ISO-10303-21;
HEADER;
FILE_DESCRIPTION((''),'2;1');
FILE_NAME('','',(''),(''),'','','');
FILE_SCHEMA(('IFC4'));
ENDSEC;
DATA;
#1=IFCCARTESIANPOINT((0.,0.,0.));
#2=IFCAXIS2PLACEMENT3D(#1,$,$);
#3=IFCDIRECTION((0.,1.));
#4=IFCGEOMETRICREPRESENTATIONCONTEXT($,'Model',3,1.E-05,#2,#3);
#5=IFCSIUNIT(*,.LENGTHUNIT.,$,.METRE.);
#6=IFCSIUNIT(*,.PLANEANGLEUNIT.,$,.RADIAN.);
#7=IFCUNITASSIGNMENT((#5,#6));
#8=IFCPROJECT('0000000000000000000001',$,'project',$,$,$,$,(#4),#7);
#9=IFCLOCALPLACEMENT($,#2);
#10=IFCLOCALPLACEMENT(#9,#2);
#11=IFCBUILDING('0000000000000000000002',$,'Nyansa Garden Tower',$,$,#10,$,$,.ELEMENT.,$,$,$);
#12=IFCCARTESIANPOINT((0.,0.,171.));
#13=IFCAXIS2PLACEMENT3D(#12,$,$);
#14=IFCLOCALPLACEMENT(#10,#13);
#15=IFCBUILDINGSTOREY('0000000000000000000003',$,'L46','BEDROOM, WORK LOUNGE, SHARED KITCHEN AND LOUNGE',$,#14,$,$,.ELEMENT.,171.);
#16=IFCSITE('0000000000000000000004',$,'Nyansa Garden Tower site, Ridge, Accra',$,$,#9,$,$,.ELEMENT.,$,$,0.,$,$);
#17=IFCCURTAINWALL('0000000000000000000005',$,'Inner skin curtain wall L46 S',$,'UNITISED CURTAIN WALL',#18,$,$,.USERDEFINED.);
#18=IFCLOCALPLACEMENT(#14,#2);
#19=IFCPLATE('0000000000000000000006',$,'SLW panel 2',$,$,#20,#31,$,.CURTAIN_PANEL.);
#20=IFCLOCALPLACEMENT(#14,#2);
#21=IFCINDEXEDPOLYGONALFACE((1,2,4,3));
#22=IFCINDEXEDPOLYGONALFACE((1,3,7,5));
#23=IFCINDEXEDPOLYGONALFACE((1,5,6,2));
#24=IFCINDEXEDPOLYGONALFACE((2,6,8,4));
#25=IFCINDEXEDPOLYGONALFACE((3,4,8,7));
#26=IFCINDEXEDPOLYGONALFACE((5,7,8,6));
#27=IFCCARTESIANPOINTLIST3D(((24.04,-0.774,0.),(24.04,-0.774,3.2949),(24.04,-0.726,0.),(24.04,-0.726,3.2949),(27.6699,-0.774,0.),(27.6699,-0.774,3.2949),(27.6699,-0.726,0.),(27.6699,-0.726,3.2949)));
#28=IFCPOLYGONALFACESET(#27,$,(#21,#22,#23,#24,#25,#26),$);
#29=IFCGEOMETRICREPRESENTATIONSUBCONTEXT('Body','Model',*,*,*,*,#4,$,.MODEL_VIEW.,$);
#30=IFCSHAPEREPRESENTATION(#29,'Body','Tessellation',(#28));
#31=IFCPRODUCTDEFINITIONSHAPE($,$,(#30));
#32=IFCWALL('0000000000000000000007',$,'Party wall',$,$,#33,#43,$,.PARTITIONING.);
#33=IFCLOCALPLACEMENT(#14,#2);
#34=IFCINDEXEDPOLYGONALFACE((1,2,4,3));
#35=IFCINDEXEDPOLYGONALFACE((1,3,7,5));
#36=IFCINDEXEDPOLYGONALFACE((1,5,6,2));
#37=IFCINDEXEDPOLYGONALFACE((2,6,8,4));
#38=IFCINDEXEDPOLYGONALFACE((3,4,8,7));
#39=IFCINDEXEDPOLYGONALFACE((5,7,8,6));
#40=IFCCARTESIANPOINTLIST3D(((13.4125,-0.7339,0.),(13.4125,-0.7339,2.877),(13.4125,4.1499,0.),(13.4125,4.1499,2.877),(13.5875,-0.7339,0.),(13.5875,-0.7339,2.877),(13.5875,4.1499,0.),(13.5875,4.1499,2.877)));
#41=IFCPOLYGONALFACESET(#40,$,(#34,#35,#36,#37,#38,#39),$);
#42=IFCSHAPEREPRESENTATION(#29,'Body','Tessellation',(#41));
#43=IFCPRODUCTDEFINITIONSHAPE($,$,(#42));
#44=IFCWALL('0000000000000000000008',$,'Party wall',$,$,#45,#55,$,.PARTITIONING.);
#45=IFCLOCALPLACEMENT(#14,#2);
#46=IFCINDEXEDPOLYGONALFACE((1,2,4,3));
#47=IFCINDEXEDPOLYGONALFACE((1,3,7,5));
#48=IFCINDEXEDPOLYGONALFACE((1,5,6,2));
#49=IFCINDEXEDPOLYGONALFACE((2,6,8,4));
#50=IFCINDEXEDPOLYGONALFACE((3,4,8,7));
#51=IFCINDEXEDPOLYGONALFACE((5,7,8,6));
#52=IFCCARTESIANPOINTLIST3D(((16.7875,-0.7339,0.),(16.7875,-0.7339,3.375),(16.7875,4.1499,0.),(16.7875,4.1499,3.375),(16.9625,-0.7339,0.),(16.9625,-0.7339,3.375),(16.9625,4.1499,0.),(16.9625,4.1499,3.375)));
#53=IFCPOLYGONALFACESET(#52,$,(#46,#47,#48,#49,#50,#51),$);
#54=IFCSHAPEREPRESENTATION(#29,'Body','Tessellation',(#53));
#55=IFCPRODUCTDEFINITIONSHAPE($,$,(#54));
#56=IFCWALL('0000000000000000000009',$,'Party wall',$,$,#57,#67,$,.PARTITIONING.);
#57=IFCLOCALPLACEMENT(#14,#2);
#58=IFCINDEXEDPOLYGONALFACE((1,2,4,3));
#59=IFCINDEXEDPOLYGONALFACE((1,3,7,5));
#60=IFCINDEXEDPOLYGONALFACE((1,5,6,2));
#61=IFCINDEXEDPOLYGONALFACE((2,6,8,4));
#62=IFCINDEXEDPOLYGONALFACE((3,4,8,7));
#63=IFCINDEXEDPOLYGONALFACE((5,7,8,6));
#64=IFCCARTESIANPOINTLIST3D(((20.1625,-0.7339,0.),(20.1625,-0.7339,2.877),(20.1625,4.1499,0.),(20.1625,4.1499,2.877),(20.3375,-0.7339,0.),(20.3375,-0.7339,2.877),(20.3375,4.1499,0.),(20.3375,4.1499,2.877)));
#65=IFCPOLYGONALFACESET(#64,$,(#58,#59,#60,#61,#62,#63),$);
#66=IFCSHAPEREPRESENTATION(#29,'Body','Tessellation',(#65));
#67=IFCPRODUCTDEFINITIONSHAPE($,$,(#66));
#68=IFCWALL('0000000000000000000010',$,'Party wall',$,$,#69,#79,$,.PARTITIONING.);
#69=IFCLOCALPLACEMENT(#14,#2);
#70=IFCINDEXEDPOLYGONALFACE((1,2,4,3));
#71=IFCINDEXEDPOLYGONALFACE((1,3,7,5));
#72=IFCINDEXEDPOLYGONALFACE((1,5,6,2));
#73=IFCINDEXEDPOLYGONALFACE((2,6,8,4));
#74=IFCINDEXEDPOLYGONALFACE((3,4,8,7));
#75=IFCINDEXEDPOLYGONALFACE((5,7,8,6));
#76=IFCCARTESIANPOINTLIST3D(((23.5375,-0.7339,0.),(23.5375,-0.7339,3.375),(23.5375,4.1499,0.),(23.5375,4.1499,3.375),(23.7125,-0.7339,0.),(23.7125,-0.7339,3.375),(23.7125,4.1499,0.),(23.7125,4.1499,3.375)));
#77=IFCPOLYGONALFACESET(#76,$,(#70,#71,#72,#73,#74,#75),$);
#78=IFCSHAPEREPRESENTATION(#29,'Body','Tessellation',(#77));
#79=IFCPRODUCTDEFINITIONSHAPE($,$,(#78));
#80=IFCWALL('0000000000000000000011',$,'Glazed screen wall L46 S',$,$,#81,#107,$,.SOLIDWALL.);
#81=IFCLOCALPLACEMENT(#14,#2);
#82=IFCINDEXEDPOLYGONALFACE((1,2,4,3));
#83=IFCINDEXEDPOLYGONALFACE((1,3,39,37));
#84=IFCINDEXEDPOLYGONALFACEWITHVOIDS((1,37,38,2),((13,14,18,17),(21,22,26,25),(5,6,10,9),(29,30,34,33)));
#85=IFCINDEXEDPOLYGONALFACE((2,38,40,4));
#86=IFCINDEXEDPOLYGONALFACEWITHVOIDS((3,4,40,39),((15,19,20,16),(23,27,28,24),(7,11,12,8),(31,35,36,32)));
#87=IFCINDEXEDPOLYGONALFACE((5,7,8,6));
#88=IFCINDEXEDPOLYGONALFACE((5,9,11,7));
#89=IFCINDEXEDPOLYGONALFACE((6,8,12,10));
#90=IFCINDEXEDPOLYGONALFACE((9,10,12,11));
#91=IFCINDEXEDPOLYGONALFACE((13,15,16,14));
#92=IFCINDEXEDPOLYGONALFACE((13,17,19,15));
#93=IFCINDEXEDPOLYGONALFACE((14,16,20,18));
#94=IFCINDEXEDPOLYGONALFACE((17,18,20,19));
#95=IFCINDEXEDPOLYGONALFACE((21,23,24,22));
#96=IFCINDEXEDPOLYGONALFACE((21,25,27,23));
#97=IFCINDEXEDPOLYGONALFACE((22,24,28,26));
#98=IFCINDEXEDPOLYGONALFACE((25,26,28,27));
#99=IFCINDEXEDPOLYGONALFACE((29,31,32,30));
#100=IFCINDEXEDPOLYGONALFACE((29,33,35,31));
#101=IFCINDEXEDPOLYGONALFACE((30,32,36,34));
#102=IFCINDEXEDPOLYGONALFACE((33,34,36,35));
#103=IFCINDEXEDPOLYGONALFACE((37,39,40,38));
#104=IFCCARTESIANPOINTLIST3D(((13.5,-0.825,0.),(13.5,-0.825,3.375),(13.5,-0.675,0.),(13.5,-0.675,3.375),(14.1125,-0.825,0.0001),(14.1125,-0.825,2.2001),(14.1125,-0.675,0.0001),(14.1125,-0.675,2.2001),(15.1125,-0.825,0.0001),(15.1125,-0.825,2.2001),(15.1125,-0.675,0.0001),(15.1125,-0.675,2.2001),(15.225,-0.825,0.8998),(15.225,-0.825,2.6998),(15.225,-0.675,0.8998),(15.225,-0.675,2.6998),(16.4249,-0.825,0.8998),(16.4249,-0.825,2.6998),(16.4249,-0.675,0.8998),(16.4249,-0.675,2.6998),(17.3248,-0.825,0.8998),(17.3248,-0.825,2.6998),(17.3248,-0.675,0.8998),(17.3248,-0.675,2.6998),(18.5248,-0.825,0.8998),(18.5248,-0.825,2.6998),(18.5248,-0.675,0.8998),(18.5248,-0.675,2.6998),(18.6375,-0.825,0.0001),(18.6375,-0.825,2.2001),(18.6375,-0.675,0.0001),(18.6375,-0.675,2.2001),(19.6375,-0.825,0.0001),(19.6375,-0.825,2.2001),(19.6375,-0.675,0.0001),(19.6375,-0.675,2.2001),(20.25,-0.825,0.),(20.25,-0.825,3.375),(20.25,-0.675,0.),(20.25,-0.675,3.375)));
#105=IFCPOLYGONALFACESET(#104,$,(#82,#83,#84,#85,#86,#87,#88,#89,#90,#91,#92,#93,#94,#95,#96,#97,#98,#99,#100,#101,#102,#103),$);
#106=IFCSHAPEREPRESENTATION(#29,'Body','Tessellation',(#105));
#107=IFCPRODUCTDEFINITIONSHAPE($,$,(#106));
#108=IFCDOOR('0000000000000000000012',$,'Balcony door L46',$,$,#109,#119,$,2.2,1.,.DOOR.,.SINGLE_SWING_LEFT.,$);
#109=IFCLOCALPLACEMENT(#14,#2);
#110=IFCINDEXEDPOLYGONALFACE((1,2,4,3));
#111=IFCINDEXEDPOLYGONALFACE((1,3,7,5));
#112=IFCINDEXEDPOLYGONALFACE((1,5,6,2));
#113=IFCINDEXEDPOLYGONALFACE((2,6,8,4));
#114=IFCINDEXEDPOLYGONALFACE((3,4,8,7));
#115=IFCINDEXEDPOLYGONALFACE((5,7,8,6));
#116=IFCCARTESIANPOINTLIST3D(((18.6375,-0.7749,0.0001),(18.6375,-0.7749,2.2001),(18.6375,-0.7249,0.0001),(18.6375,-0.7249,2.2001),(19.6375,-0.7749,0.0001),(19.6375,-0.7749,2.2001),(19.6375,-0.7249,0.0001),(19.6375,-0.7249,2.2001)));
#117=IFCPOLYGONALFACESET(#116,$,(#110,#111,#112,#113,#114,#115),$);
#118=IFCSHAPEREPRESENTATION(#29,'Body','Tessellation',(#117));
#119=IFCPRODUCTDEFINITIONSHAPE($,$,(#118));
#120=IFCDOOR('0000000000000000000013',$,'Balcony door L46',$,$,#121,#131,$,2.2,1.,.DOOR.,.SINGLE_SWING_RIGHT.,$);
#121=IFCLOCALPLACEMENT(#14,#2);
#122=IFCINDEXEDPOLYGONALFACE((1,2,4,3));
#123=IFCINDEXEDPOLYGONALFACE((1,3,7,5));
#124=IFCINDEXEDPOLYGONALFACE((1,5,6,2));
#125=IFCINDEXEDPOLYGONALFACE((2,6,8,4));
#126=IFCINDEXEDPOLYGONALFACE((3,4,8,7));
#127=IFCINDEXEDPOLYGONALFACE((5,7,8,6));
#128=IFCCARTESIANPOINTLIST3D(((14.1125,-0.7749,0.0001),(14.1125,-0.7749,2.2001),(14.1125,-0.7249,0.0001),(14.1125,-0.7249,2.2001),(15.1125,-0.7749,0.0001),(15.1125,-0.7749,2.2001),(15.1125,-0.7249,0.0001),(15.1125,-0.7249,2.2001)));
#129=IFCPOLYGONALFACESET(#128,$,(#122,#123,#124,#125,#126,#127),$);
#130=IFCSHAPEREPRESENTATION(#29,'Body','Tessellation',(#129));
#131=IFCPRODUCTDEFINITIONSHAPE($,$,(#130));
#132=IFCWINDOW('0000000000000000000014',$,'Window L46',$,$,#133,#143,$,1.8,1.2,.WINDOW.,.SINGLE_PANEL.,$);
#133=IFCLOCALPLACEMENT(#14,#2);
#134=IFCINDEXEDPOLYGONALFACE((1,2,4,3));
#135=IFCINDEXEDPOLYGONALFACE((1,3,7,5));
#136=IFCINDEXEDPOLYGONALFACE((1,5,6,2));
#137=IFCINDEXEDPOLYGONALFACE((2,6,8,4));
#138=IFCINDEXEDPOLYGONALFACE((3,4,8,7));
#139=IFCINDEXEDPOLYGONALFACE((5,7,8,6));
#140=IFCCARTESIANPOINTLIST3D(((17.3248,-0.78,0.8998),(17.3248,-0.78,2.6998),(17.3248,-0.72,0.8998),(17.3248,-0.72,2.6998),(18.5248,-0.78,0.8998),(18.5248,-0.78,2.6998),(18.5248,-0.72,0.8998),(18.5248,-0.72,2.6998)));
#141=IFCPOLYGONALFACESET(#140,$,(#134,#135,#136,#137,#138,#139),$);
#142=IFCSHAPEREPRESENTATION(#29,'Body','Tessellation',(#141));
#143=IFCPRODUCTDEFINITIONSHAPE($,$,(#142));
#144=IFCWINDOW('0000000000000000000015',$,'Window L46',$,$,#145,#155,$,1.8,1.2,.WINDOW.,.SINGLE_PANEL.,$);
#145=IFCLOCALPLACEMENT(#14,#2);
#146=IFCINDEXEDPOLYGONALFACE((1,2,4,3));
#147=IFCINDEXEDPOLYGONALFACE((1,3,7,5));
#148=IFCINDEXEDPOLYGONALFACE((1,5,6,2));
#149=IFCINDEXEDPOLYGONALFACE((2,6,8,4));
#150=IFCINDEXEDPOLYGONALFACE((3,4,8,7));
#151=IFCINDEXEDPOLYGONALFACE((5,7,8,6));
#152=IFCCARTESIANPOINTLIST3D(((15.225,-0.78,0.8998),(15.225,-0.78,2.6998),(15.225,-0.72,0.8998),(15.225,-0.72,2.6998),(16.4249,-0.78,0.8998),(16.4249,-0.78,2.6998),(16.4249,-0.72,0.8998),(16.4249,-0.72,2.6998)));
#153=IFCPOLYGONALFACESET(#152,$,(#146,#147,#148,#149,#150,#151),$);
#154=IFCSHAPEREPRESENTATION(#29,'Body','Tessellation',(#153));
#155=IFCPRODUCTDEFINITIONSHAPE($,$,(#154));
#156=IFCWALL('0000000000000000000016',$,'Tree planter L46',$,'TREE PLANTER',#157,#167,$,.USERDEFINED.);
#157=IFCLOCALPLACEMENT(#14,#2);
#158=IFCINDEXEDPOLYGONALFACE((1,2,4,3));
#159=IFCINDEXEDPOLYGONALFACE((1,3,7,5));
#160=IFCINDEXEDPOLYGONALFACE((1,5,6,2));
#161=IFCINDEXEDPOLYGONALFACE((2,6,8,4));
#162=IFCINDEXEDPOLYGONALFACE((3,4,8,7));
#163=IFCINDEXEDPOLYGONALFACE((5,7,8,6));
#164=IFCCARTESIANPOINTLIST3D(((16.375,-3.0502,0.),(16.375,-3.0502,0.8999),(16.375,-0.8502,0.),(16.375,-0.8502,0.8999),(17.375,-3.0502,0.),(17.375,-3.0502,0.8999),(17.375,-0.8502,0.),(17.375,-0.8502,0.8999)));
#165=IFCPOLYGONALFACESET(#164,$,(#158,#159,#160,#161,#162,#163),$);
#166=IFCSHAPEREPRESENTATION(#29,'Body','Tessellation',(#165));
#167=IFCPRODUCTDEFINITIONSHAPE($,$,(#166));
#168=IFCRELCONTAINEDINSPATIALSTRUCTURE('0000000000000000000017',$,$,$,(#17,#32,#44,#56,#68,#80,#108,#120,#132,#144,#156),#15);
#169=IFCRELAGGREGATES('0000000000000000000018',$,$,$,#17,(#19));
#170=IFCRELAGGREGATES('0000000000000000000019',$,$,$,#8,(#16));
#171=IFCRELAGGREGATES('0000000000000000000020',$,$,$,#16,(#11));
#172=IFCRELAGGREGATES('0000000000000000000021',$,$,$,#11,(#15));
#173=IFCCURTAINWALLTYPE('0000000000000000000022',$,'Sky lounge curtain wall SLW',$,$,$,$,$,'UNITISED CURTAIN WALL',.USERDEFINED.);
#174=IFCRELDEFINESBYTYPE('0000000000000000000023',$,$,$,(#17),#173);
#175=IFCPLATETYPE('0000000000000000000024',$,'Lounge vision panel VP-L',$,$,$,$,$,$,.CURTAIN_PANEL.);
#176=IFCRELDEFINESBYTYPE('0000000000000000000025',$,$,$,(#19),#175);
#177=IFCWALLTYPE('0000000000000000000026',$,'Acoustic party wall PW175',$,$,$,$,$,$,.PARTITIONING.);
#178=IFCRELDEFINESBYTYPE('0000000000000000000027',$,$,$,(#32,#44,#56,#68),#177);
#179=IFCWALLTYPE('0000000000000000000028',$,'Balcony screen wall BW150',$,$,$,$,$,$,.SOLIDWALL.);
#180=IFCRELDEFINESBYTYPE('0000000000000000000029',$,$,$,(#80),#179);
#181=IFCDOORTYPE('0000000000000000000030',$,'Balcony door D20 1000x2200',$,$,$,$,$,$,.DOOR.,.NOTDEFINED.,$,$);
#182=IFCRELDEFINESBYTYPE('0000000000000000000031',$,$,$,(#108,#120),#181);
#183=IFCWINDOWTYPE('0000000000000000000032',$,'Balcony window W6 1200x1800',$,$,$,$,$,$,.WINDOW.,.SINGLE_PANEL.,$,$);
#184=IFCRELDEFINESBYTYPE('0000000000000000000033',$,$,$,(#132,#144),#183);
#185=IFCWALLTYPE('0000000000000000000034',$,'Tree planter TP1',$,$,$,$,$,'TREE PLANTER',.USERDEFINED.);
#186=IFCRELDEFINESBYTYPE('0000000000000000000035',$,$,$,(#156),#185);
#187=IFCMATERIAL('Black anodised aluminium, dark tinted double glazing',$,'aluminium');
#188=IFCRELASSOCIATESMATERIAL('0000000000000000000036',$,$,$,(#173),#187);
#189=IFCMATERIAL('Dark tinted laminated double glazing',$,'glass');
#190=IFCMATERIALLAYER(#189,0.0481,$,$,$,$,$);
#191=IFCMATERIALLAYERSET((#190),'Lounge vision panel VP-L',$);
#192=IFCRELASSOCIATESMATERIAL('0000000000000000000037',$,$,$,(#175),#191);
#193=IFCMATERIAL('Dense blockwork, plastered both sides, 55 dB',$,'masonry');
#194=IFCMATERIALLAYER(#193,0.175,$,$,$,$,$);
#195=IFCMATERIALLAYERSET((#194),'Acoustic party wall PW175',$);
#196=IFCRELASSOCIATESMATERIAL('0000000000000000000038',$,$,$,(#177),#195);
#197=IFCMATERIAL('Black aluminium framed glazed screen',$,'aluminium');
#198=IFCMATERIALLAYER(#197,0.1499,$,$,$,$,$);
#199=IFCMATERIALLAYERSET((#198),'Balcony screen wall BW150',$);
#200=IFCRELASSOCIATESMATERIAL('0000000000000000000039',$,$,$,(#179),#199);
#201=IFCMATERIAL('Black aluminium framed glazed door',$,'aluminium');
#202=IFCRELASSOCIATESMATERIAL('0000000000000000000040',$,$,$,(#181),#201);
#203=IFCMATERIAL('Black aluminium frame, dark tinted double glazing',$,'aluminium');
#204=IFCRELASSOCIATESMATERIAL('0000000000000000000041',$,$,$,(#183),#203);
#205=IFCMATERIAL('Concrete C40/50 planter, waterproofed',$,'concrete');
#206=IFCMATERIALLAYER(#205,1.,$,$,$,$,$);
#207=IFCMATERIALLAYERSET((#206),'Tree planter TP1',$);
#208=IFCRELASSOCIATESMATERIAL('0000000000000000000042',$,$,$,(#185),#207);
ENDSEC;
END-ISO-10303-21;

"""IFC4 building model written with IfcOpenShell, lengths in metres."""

from ifc_helpers import new_model, si_unit, direction, frame, frame_2d, origin, origin_2d, place, context, subcontext, project, spatial, rectangle, extrude, material, layer, layer_set, type_object, element, fill, aggregate, save


model = new_model("IFC4")

# Units and contexts
model_context = context("Model", 3, precision=1e-05, world=origin(), true_north=direction((0.0, 1.0)))
body_context = subcontext(model_context, "Body", "Model", "MODEL_VIEW")
ifc_project = project(units=[si_unit("LENGTHUNIT", "METRE"), si_unit("PLANEANGLEUNIT", "RADIAN")], contexts=[model_context])

# Site, building, storey
site_placement = place(None, origin())
site = spatial("IfcSite", under=ifc_project, at=site_placement, Name="Nyansa Garden Tower site, Ridge, Accra", CompositionType="ELEMENT", RefElevation=0.0)
building_placement = place(site_placement, origin())
building = spatial("IfcBuilding", under=site, at=building_placement, Name="Nyansa Garden Tower", CompositionType="ELEMENT")
storey_placement = place(building_placement, frame((0.0, 0.0, 171.0)))
storey = spatial("IfcBuildingStorey", under=building, at=storey_placement, Name="L46", Description="BEDROOM, WORK LOUNGE, SHARED KITCHEN AND LOUNGE", CompositionType="ELEMENT", Elevation=171.0)

# Curtain wall
ifc_material_1 = material(Name="Black anodised aluminium, dark tinted double glazing", Category="aluminium")
curtain_wall_type = type_object("IfcCurtainWallType", Name="Sky lounge curtain wall SLW", ElementType="UNITISED CURTAIN WALL", PredefinedType="USERDEFINED", material=ifc_material_1)
curtain_wall_placement = place(storey_placement, origin())
curtain_wall = element("IfcCurtainWall", 1, at=curtain_wall_placement, inside=storey, type_object=curtain_wall_type, Name="Inner skin curtain wall L46 S", ObjectType="UNITISED CURTAIN WALL", PredefinedType="USERDEFINED")

# Plate
ifc_material_2 = material(Name="Dark tinted laminated double glazing", Category="glass")
ifc_layer_1 = layer(ifc_material_2, 0.0481)
ifc_layer_set_1 = layer_set([ifc_layer_1], Name="Lounge vision panel VP-L")
plate_type = type_object("IfcPlateType", Name="Lounge vision panel VP-L", PredefinedType="CURTAIN_PANEL", material=ifc_layer_set_1)
plate_1_placement = place(storey_placement, frame((25.855, -0.75, 0.0), z_axis=(0.0, 0.0, 1.0), x_axis=(1.0, 0.0, 0.0)))
plate_1 = element("IfcPlate", 2, at=plate_1_placement, type_object=plate_type, Name="SLW panel 2", PredefinedType="CURTAIN_PANEL", context=body_context, shape_type="SweptSolid", body=[
    extrude(rectangle(XDim=3.6299, YDim=0.0481, at=origin_2d()), origin(), (0.0, 0.0, 1.0), 3.2949),
])
aggregate(curtain_wall, [plate_1])

# Walls
ifc_material_3 = material(Name="Dense blockwork, plastered both sides, 55 dB", Category="masonry")
ifc_layer_2 = layer(ifc_material_3, 0.175)
ifc_layer_set_2 = layer_set([ifc_layer_2], Name="Acoustic party wall PW175")
wall_type_1 = type_object("IfcWallType", Name="Acoustic party wall PW175", PredefinedType="PARTITIONING", material=ifc_layer_set_2)
wall_1_placement = place(storey_placement, frame((13.5, -0.7339, 0.0), z_axis=(0.0, 0.0, 1.0), x_axis=(0.0, 1.0, 0.0)))
element("IfcWall", 3, at=wall_1_placement, inside=storey, type_object=wall_type_1, Name="Party wall", PredefinedType="PARTITIONING", context=body_context, shape_type="SweptSolid", body=[
    extrude(rectangle(XDim=4.8838, YDim=0.175, at=frame_2d((2.4419, 0.0))), origin(), (0.0, 0.0, 1.0), 2.877),
])
wall_2_placement = place(storey_placement, frame((16.875, -0.7339, 0.0), z_axis=(0.0, 0.0, 1.0), x_axis=(0.0, 1.0, 0.0)))
element("IfcWall", 4, at=wall_2_placement, inside=storey, type_object=wall_type_1, Name="Party wall", PredefinedType="PARTITIONING", context=body_context, shape_type="SweptSolid", body=[
    extrude(rectangle(XDim=4.8838, YDim=0.175, at=frame_2d((2.4419, 0.0))), origin(), (0.0, 0.0, 1.0), 3.375),
])
wall_3_placement = place(storey_placement, frame((20.25, -0.7339, 0.0), z_axis=(0.0, 0.0, 1.0), x_axis=(0.0, 1.0, 0.0)))
element("IfcWall", 5, at=wall_3_placement, inside=storey, type_object=wall_type_1, Name="Party wall", PredefinedType="PARTITIONING", context=body_context, shape_type="SweptSolid", body=[
    extrude(rectangle(XDim=4.8838, YDim=0.175, at=frame_2d((2.4419, 0.0))), origin(), (0.0, 0.0, 1.0), 2.877),
])
wall_4_placement = place(storey_placement, frame((23.625, -0.7339, 0.0), z_axis=(0.0, 0.0, 1.0), x_axis=(0.0, 1.0, 0.0)))
element("IfcWall", 6, at=wall_4_placement, inside=storey, type_object=wall_type_1, Name="Party wall", PredefinedType="PARTITIONING", context=body_context, shape_type="SweptSolid", body=[
    extrude(rectangle(XDim=4.8838, YDim=0.175, at=frame_2d((2.4419, 0.0))), origin(), (0.0, 0.0, 1.0), 3.375),
])

# Wall, openings, doors, windows
ifc_material_4 = material(Name="Black aluminium framed glazed screen", Category="aluminium")
ifc_layer_3 = layer(ifc_material_4, 0.1499)
ifc_layer_set_3 = layer_set([ifc_layer_3], Name="Balcony screen wall BW150")
wall_type_2 = type_object("IfcWallType", Name="Balcony screen wall BW150", PredefinedType="SOLIDWALL", material=ifc_layer_set_3)
wall_5_placement = place(storey_placement, frame((20.25, -0.75, 0.0), z_axis=(0.0, 0.0, 1.0), x_axis=(-1.0, 0.0, 0.0)))
wall_5 = element("IfcWall", 7, at=wall_5_placement, inside=storey, type_object=wall_type_2, Name="Glazed screen wall L46 S", PredefinedType="SOLIDWALL", context=body_context, shape_type="SweptSolid", body=[
    extrude(rectangle(XDim=6.75, YDim=0.1499, at=frame_2d((3.375, 0.0))), origin(), (0.0, 0.0, 1.0), 3.375),
])
opening_1_placement = place(wall_5_placement, frame((0.6125, 0.0, 0.0)))
opening_1 = element("IfcOpeningElement", 8, at=opening_1_placement, cuts=wall_5, PredefinedType="OPENING", context=body_context, shape_type="SweptSolid", body=[
    extrude(rectangle(XDim=1.0, YDim=2.2, at=frame_2d((0.5, 1.1001))), frame((0.0, 0.085, 0.0), z_axis=(0.0, -1.0, 0.0), x_axis=(1.0, 0.0, 0.0)), (0.0, 0.0, 1.0), 0.1699),
])
opening_2_placement = place(wall_5_placement, frame((1.7251, 0.0, 0.8999)))
opening_2 = element("IfcOpeningElement", 9, at=opening_2_placement, cuts=wall_5, PredefinedType="OPENING", context=body_context, shape_type="SweptSolid", body=[
    extrude(rectangle(XDim=1.2, YDim=1.8, at=frame_2d((0.6001, 0.8999))), frame((0.0, 0.085, 0.0), z_axis=(0.0, -1.0, 0.0), x_axis=(1.0, 0.0, 0.0)), (0.0, 0.0, 1.0), 0.1699),
])
opening_3_placement = place(wall_5_placement, frame((5.1375, 0.0, 0.0)))
opening_3 = element("IfcOpeningElement", 10, at=opening_3_placement, cuts=wall_5, PredefinedType="OPENING", context=body_context, shape_type="SweptSolid", body=[
    extrude(rectangle(XDim=1.0, YDim=2.2, at=frame_2d((0.5, 1.1001))), frame((0.0, 0.085, 0.0), z_axis=(0.0, -1.0, 0.0), x_axis=(1.0, 0.0, 0.0)), (0.0, 0.0, 1.0), 0.1699),
])
opening_4_placement = place(wall_5_placement, frame((3.825, 0.0, 0.8999)))
opening_4 = element("IfcOpeningElement", 11, at=opening_4_placement, cuts=wall_5, PredefinedType="OPENING", context=body_context, shape_type="SweptSolid", body=[
    extrude(rectangle(XDim=1.2, YDim=1.8, at=frame_2d((0.6001, 0.8999))), frame((0.0, 0.085, 0.0), z_axis=(0.0, -1.0, 0.0), x_axis=(1.0, 0.0, 0.0)), (0.0, 0.0, 1.0), 0.1699),
])
ifc_material_5 = material(Name="Black aluminium framed glazed door", Category="aluminium")
door_type_1 = type_object("IfcDoorType", Name="Balcony door D20 1000x2200", OperationType="NOTDEFINED", PredefinedType="DOOR", material=ifc_material_5)
door_1_placement = place(opening_1_placement, origin())
door_1 = element("IfcDoor", 12, at=door_1_placement, inside=storey, type_object=door_type_1, Name="Balcony door L46", OperationType="SINGLE_SWING_LEFT", OverallHeight=2.2, OverallWidth=1.0, PredefinedType="DOOR", context=body_context, shape_type="SweptSolid", body=[
    extrude(rectangle(XDim=1.0, YDim=2.2, at=frame_2d((0.5, 1.1001))), frame((0.0, 0.0249, 0.0), z_axis=(0.0, -1.0, 0.0), x_axis=(1.0, 0.0, 0.0)), (0.0, 0.0, 1.0), 0.05),
])
fill(opening_1, door_1)
door_2_placement = place(opening_3_placement, origin())
door_2 = element("IfcDoor", 13, at=door_2_placement, inside=storey, type_object=door_type_1, Name="Balcony door L46", OperationType="SINGLE_SWING_RIGHT", OverallHeight=2.2, OverallWidth=1.0, PredefinedType="DOOR", context=body_context, shape_type="SweptSolid", body=[
    extrude(rectangle(XDim=1.0, YDim=2.2, at=frame_2d((0.5, 1.1001))), frame((0.0, 0.0249, 0.0), z_axis=(0.0, -1.0, 0.0), x_axis=(1.0, 0.0, 0.0)), (0.0, 0.0, 1.0), 0.05),
])
fill(opening_3, door_2)
ifc_material_6 = material(Name="Black aluminium frame, dark tinted double glazing", Category="aluminium")
window_type = type_object("IfcWindowType", Name="Balcony window W6 1200x1800", PartitioningType="SINGLE_PANEL", PredefinedType="WINDOW", material=ifc_material_6)
window_1_placement = place(opening_2_placement, origin())
window_1 = element("IfcWindow", 14, at=window_1_placement, inside=storey, type_object=window_type, Name="Window L46", OverallHeight=1.8, OverallWidth=1.2, PartitioningType="SINGLE_PANEL", PredefinedType="WINDOW", context=body_context, shape_type="SweptSolid", body=[
    extrude(rectangle(XDim=1.2, YDim=1.8, at=frame_2d((0.6001, 0.8999))), frame((0.0, 0.03, 0.0), z_axis=(0.0, -1.0, 0.0), x_axis=(1.0, 0.0, 0.0)), (0.0, 0.0, 1.0), 0.0601),
])
fill(opening_2, window_1)
window_2_placement = place(opening_4_placement, origin())
window_2 = element("IfcWindow", 15, at=window_2_placement, inside=storey, type_object=window_type, Name="Window L46", OverallHeight=1.8, OverallWidth=1.2, PartitioningType="SINGLE_PANEL", PredefinedType="WINDOW", context=body_context, shape_type="SweptSolid", body=[
    extrude(rectangle(XDim=1.2, YDim=1.8, at=frame_2d((0.6001, 0.8999))), frame((0.0, 0.03, 0.0), z_axis=(0.0, -1.0, 0.0), x_axis=(1.0, 0.0, 0.0)), (0.0, 0.0, 1.0), 0.0601),
])
fill(opening_4, window_2)

# Wall
ifc_material_7 = material(Name="Concrete C40/50 planter, waterproofed", Category="concrete")
ifc_layer_4 = layer(ifc_material_7, 1.0)
ifc_layer_set_4 = layer_set([ifc_layer_4], Name="Tree planter TP1")
wall_type_3 = type_object("IfcWallType", Name="Tree planter TP1", ElementType="TREE PLANTER", PredefinedType="USERDEFINED", material=ifc_layer_set_4)
wall_6_placement = place(storey_placement, frame((16.875, -0.8501, 0.0), z_axis=(0.0, 0.0, 1.0), x_axis=(0.0, -1.0, 0.0)))
element("IfcWall", 16, at=wall_6_placement, inside=storey, type_object=wall_type_3, Name="Tree planter L46", ObjectType="TREE PLANTER", PredefinedType="USERDEFINED", context=body_context, shape_type="SweptSolid", body=[
    extrude(rectangle(XDim=2.2, YDim=1.0, at=frame_2d((1.1001, 0.0))), origin(), (0.0, 0.0, 1.0), 0.8999),
])

save(model, "model.ifc")
